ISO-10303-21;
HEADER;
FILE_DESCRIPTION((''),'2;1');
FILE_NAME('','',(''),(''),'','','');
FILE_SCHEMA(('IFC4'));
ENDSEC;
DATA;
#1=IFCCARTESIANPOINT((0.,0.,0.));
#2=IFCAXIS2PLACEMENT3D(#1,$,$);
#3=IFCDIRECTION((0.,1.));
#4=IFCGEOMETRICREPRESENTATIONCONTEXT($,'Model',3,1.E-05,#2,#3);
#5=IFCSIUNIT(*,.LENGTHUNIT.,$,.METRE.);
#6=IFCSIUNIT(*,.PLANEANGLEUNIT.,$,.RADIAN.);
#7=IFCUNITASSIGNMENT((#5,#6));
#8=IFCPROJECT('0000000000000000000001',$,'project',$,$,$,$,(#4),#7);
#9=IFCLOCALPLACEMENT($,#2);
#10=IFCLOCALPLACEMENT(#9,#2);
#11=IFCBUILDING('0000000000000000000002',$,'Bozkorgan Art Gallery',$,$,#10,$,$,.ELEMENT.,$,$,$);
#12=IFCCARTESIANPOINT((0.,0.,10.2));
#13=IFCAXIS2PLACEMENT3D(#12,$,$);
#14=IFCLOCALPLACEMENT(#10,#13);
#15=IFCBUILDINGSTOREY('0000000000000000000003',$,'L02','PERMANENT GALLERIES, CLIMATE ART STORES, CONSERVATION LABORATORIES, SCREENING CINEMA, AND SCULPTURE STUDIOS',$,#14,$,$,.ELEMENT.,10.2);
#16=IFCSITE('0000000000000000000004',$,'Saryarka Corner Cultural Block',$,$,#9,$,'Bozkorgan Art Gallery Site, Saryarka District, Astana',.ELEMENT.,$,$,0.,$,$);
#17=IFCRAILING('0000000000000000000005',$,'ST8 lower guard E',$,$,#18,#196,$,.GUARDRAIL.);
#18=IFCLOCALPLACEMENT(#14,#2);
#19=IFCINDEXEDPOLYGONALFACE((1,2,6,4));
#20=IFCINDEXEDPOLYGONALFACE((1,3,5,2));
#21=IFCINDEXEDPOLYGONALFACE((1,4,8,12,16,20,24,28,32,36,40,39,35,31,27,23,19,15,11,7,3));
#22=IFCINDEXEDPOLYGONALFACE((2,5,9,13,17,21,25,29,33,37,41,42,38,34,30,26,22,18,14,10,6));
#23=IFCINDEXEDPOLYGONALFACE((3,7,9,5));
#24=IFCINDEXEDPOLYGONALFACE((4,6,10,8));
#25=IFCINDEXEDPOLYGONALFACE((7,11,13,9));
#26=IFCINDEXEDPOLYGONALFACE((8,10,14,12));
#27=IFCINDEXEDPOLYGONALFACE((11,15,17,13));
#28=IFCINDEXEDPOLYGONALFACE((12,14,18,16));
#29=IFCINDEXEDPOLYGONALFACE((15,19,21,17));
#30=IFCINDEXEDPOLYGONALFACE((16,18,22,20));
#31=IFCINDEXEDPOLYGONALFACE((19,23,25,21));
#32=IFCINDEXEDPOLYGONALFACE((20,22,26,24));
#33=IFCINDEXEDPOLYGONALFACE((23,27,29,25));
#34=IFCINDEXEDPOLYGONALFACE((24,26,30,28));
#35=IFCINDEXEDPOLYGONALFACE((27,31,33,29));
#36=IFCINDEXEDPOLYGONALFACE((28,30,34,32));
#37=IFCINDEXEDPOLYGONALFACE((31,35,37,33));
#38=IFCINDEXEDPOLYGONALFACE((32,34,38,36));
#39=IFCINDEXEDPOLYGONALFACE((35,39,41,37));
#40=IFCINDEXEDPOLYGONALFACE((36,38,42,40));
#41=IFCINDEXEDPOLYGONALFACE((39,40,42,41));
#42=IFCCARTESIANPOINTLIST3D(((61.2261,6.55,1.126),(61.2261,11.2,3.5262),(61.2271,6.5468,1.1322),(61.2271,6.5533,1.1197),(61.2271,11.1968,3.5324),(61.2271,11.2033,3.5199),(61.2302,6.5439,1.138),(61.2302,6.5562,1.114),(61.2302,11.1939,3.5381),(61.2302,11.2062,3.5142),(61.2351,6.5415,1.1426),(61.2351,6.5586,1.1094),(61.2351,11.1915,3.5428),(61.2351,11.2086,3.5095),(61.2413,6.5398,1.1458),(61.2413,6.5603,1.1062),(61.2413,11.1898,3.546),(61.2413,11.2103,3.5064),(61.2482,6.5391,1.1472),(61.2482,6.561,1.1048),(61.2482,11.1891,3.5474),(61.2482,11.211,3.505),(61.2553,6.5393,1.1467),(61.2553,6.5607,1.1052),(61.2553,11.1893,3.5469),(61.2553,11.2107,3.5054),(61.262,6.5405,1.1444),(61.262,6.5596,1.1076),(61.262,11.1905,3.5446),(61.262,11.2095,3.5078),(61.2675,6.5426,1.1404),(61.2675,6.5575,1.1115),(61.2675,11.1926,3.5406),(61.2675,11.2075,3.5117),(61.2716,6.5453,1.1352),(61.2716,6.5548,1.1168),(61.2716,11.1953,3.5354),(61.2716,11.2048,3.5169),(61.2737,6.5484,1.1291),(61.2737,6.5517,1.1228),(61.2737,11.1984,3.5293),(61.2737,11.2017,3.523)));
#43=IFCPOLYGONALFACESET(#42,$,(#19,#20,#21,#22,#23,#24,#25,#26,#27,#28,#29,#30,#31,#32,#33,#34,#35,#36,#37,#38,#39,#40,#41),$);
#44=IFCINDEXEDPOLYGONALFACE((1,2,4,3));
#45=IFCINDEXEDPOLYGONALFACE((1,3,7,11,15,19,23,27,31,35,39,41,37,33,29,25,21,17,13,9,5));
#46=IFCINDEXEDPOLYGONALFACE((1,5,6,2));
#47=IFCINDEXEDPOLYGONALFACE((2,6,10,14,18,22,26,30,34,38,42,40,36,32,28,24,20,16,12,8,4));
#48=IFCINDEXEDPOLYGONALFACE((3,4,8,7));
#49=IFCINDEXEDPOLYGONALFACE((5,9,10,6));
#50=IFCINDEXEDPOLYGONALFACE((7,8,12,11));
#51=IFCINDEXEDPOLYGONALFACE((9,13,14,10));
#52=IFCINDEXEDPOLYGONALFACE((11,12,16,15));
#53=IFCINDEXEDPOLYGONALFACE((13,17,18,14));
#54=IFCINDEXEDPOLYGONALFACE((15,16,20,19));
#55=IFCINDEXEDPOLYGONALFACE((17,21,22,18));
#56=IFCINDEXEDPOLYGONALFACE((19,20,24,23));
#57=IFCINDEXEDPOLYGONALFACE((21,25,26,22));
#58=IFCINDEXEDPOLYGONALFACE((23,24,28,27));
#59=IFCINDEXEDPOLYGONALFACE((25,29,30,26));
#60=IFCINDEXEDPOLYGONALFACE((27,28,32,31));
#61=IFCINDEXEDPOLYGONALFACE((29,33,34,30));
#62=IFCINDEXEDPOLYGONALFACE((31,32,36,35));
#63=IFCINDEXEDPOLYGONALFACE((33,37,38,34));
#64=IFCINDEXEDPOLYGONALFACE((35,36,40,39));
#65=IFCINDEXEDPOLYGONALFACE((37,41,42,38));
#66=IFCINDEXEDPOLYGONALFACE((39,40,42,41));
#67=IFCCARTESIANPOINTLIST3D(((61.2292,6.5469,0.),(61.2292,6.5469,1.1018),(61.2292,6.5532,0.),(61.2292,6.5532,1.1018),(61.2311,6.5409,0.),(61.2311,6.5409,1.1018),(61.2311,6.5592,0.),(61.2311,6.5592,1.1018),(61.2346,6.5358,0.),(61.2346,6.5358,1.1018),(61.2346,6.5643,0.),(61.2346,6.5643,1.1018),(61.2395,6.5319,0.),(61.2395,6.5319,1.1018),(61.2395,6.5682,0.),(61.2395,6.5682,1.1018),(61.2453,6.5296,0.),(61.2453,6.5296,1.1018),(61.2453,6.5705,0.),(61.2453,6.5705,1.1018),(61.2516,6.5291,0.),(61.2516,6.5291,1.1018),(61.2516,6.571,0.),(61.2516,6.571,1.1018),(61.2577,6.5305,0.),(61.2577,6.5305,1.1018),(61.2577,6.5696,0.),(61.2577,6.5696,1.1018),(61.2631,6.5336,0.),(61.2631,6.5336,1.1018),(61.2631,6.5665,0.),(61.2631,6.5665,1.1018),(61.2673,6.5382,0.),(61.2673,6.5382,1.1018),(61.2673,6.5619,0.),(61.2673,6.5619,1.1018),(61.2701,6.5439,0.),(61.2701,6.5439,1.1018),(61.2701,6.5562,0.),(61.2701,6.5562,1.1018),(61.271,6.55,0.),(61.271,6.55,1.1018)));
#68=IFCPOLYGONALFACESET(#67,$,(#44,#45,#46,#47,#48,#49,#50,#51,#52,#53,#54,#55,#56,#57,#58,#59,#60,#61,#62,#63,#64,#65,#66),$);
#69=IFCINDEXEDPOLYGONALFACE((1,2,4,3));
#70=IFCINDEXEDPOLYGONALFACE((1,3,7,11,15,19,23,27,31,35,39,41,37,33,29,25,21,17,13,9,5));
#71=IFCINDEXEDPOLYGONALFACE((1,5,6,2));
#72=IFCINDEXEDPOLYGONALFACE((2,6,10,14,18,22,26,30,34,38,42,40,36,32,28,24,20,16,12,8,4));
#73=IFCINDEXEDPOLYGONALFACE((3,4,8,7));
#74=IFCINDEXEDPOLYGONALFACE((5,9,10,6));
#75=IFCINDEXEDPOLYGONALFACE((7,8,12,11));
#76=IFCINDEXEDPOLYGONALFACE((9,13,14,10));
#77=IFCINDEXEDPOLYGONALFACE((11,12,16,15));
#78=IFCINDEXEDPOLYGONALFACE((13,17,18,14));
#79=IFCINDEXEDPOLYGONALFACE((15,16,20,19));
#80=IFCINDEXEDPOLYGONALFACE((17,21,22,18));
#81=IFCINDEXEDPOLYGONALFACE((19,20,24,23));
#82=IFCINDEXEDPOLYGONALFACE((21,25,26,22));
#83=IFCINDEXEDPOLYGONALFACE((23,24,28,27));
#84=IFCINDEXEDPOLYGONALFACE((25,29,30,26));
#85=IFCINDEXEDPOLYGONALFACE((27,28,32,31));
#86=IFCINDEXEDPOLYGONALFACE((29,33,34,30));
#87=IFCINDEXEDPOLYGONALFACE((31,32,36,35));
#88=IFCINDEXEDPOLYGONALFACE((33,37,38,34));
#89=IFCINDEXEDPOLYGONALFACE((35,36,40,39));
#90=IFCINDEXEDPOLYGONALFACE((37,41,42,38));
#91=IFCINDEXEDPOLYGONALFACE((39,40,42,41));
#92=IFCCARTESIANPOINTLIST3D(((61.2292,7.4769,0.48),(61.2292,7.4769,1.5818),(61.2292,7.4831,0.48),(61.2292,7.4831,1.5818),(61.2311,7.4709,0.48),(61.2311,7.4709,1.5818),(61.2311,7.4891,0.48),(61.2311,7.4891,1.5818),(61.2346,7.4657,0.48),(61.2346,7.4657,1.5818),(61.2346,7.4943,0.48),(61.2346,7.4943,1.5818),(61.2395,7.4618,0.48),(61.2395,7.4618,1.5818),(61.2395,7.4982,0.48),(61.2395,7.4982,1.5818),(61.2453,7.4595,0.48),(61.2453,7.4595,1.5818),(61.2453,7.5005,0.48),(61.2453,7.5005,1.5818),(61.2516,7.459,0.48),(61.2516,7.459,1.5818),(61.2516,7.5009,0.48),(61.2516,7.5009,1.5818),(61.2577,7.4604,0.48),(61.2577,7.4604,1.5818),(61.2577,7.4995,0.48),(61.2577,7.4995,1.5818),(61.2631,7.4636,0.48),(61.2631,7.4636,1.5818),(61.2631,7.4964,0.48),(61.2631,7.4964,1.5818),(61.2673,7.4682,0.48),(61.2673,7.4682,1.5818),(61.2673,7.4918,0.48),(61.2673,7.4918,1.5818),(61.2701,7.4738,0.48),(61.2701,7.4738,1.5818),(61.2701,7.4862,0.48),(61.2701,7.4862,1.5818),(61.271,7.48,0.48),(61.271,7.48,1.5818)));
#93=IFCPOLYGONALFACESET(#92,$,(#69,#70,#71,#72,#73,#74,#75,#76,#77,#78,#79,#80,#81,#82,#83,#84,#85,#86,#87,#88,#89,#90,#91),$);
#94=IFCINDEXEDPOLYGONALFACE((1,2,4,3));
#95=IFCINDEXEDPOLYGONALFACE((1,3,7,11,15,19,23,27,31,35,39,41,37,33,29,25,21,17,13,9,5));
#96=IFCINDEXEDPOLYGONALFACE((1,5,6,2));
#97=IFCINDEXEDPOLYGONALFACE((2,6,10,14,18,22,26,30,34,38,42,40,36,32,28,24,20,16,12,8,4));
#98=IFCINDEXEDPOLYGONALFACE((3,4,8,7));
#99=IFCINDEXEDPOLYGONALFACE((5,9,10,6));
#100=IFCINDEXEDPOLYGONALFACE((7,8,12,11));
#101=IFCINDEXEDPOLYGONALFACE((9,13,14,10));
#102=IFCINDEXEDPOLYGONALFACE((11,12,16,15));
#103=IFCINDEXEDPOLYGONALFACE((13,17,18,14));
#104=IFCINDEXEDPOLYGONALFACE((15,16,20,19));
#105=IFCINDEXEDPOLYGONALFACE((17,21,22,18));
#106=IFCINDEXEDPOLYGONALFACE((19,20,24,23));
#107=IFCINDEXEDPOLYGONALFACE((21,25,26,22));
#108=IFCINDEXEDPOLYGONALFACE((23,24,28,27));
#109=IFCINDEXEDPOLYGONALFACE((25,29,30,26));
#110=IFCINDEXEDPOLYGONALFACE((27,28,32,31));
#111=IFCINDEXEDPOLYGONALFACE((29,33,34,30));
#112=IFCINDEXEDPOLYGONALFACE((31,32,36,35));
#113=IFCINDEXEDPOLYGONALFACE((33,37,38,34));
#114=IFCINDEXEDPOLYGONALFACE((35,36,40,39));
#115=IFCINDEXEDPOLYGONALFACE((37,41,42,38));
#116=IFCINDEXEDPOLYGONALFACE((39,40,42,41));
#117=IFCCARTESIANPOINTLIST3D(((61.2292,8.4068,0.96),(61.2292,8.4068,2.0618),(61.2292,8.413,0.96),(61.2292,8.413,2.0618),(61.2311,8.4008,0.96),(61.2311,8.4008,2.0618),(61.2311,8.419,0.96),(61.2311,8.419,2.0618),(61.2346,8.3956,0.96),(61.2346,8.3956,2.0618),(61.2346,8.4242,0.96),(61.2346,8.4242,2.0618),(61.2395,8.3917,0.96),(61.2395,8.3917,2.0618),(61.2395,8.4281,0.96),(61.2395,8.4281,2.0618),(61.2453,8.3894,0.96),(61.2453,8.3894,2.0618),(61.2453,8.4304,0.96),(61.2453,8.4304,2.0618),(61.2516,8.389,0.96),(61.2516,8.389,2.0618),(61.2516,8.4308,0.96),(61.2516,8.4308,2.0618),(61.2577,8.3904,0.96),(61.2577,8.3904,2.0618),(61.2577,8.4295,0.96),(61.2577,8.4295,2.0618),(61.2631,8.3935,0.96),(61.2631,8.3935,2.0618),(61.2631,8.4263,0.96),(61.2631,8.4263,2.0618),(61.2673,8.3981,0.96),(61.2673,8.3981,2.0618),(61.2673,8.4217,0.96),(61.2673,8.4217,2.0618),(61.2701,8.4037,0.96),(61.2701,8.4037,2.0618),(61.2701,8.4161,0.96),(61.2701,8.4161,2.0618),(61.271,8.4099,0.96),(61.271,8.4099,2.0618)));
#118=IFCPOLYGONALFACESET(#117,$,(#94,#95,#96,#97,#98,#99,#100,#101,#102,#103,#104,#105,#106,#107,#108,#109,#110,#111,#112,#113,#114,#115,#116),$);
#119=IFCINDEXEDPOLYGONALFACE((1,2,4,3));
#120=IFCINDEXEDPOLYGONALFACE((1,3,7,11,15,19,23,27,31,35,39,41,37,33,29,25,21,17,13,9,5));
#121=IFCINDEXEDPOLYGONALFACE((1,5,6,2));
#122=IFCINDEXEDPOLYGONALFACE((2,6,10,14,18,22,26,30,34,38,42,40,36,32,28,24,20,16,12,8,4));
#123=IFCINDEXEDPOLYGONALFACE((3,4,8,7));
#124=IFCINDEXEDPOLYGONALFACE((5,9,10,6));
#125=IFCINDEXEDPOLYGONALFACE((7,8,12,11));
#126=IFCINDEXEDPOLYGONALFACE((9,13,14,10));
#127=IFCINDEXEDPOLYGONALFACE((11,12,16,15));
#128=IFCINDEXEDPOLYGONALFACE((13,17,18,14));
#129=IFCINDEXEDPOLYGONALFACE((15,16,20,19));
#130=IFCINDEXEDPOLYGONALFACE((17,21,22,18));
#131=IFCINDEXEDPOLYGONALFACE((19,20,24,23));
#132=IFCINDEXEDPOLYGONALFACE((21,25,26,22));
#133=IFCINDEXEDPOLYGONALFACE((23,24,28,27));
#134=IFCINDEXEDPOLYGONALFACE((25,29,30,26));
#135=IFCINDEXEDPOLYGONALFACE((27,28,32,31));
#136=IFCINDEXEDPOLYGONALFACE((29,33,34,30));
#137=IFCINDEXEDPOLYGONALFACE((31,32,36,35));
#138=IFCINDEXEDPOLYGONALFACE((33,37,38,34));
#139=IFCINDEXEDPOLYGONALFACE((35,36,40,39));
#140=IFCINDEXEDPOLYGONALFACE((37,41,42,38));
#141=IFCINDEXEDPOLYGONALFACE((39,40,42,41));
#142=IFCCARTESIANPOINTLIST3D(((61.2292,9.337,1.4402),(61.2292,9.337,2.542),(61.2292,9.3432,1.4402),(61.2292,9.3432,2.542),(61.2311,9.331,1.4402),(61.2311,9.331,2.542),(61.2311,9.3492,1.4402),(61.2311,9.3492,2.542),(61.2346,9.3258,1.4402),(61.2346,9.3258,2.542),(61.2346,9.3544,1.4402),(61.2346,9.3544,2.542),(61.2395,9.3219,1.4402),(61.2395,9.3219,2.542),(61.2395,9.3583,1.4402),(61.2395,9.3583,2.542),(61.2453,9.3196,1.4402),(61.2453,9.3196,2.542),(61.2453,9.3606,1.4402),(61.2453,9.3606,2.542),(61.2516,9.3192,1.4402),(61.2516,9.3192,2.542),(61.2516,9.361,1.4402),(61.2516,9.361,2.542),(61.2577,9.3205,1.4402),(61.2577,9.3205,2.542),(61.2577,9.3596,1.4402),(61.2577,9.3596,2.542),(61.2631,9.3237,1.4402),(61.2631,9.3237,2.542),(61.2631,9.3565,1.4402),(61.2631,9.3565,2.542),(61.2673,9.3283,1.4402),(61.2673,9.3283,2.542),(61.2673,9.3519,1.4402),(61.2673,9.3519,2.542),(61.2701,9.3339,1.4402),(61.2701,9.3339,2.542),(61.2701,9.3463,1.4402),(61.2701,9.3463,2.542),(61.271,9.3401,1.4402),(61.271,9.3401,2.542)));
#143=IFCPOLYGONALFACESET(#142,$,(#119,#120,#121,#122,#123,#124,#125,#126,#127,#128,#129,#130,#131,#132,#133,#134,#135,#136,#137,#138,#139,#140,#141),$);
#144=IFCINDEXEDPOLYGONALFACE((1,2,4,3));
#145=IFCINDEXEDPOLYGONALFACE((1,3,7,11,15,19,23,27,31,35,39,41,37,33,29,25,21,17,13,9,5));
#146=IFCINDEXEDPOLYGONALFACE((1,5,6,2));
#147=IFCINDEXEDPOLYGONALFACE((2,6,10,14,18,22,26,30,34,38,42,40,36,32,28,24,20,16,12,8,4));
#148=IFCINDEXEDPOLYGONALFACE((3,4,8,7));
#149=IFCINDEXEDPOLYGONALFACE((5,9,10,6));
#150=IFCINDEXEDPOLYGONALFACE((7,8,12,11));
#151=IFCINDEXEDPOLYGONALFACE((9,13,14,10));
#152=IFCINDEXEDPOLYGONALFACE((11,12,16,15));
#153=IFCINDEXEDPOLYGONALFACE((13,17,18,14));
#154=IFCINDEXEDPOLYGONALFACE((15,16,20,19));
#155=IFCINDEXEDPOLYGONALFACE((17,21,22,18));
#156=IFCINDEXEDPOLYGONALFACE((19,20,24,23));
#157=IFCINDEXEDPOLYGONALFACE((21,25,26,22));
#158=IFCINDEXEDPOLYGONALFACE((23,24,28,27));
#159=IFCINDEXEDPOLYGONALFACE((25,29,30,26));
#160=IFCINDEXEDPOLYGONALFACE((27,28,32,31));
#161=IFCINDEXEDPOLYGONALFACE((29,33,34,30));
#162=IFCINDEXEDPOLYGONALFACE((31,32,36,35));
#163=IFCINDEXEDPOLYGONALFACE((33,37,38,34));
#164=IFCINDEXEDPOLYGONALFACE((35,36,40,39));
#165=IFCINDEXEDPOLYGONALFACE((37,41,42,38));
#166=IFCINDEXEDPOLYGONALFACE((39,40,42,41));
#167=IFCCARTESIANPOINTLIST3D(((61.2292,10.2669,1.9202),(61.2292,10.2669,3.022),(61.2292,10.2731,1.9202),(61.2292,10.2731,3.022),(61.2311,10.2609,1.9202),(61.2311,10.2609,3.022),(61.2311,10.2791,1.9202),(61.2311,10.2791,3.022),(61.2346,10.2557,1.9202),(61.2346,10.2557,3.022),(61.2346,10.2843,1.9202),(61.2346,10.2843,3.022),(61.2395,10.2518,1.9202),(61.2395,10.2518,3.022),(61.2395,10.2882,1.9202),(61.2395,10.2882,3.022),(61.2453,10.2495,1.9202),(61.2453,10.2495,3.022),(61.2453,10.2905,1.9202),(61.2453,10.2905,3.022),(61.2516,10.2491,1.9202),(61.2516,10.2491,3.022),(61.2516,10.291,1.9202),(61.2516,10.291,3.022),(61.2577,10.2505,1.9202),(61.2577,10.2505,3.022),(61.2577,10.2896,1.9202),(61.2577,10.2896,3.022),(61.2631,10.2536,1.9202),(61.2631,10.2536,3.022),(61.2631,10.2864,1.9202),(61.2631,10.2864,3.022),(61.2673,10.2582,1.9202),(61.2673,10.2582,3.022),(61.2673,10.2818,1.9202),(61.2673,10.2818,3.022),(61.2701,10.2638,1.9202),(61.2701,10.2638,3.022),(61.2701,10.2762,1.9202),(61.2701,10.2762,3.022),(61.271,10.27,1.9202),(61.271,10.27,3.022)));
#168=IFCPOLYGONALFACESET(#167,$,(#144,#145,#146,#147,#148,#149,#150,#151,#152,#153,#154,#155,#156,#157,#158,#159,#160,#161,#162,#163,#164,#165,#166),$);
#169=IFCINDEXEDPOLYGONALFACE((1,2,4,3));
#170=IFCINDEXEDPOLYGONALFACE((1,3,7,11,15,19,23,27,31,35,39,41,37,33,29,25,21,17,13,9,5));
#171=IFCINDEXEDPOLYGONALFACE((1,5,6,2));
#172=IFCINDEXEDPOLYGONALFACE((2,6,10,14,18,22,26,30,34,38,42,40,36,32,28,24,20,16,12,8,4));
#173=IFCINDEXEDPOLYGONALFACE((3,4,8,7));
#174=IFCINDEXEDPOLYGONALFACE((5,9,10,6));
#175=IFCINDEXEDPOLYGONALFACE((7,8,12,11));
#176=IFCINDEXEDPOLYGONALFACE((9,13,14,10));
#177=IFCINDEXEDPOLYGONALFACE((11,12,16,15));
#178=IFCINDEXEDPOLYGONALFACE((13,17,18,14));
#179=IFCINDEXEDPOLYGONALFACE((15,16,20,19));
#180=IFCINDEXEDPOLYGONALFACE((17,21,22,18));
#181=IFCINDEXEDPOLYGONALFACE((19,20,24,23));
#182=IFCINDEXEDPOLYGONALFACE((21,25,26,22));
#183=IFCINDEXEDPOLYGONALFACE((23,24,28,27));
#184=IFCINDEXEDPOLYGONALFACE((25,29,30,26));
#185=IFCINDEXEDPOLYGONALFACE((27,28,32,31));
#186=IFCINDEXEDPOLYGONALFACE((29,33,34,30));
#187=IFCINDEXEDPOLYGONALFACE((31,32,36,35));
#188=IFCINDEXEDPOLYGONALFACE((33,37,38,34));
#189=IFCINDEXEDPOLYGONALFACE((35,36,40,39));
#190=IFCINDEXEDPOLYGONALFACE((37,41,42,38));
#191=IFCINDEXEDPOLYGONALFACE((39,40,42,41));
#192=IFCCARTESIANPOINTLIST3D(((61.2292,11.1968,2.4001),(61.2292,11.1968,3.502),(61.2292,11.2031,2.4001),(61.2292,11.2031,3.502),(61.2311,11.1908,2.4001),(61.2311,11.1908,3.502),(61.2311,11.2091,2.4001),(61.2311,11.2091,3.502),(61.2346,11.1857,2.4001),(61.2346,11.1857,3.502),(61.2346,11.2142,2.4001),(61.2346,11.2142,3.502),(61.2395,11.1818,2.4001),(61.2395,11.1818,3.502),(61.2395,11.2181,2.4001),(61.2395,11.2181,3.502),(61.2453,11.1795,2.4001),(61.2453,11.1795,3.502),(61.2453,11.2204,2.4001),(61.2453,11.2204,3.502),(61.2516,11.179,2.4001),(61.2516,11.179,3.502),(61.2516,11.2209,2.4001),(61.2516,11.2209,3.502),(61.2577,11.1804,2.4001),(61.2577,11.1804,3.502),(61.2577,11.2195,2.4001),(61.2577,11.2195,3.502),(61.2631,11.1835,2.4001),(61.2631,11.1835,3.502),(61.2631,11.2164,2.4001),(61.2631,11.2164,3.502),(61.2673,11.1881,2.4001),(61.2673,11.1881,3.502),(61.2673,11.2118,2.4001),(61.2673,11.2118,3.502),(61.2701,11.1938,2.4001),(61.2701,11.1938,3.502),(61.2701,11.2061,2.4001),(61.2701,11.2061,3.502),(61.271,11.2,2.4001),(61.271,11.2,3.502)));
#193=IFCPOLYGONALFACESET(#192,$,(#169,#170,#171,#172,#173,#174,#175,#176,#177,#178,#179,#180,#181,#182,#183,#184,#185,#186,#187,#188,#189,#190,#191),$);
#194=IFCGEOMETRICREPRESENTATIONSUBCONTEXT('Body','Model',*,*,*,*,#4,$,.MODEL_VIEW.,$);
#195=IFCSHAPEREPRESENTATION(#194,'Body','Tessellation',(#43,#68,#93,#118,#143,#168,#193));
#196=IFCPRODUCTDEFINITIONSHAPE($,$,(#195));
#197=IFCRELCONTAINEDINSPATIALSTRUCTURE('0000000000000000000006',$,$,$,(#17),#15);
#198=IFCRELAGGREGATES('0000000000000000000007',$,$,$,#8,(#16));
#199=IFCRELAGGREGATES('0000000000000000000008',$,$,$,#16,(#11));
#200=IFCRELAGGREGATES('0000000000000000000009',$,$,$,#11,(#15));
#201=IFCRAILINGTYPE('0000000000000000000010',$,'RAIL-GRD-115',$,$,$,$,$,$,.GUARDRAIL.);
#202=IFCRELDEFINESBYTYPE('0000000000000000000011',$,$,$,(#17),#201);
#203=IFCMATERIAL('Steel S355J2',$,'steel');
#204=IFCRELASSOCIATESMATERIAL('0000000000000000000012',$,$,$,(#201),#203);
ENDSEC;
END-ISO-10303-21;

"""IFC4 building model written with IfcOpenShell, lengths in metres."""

from ifc_helpers import new_model, si_unit, direction, frame, origin, origin_2d, place, context, subcontext, project, spatial, circle, extrude, material, type_object, element, save


model = new_model("IFC4")

# Units and contexts
model_context = context("Model", 3, precision=1e-05, world=origin(), true_north=direction((0.0, 1.0)))
body_context = subcontext(model_context, "Body", "Model", "MODEL_VIEW")
ifc_project = project(units=[si_unit("LENGTHUNIT", "METRE"), si_unit("PLANEANGLEUNIT", "RADIAN")], contexts=[model_context])

# Site, building, storey
site_placement = place(None, origin())
site = spatial("IfcSite", under=ifc_project, at=site_placement, Name="Saryarka Corner Cultural Block", LongName="Bozkorgan Art Gallery Site, Saryarka District, Astana", CompositionType="ELEMENT", RefElevation=0.0)
building_placement = place(site_placement, origin())
building = spatial("IfcBuilding", under=site, at=building_placement, Name="Bozkorgan Art Gallery", CompositionType="ELEMENT")
storey_placement = place(building_placement, frame((0.0, 0.0, 10.2)))
storey = spatial("IfcBuildingStorey", under=building, at=storey_placement, Name="L02", Description="PERMANENT GALLERIES, CLIMATE ART STORES, CONSERVATION LABORATORIES, SCREENING CINEMA, AND SCULPTURE STUDIOS", CompositionType="ELEMENT", Elevation=10.2)

# Shared definitions
ifc_material_1 = material(Name="Steel S355J2", Category="steel")

# Railing
railing_type = type_object("IfcRailingType", Name="RAIL-GRD-115", PredefinedType="GUARDRAIL", material=ifc_material_1)
railing_1_placement = place(storey_placement, frame((61.25, 6.55, 0.0)))
element("IfcRailing", 1, at=railing_1_placement, inside=storey, type_object=railing_type, Name="ST8 lower guard E", PredefinedType="GUARDRAIL", context=body_context, shape_type="SweptSolid", body=[
    extrude(circle(Radius=0.0239, at=origin_2d()), frame((0.0, 0.0, 1.126), z_axis=(0.0, 0.888605, 0.458673), x_axis=(-1.0, 0.0, 0.0)), (0.0, 0.0, 1.0), 5.2329),
    extrude(circle(Radius=0.021, at=origin_2d()), origin(), (0.0, 0.0, 1.0), 1.1018),
    extrude(circle(Radius=0.021, at=origin_2d()), frame((0.0, 0.9299, 0.48)), (0.0, 0.0, 1.0), 1.1018),
    extrude(circle(Radius=0.021, at=origin_2d()), frame((0.0, 1.8599, 0.96)), (0.0, 0.0, 1.0), 1.1018),
    extrude(circle(Radius=0.021, at=origin_2d()), frame((0.0, 2.79, 1.4402)), (0.0, 0.0, 1.0), 1.1018),
    extrude(circle(Radius=0.021, at=origin_2d()), frame((0.0, 3.72, 1.9202)), (0.0, 0.0, 1.0), 1.1018),
    extrude(circle(Radius=0.021, at=origin_2d()), frame((0.0, 4.6499, 2.4001)), (0.0, 0.0, 1.0), 1.1018),
])

save(model, "model.ifc")
